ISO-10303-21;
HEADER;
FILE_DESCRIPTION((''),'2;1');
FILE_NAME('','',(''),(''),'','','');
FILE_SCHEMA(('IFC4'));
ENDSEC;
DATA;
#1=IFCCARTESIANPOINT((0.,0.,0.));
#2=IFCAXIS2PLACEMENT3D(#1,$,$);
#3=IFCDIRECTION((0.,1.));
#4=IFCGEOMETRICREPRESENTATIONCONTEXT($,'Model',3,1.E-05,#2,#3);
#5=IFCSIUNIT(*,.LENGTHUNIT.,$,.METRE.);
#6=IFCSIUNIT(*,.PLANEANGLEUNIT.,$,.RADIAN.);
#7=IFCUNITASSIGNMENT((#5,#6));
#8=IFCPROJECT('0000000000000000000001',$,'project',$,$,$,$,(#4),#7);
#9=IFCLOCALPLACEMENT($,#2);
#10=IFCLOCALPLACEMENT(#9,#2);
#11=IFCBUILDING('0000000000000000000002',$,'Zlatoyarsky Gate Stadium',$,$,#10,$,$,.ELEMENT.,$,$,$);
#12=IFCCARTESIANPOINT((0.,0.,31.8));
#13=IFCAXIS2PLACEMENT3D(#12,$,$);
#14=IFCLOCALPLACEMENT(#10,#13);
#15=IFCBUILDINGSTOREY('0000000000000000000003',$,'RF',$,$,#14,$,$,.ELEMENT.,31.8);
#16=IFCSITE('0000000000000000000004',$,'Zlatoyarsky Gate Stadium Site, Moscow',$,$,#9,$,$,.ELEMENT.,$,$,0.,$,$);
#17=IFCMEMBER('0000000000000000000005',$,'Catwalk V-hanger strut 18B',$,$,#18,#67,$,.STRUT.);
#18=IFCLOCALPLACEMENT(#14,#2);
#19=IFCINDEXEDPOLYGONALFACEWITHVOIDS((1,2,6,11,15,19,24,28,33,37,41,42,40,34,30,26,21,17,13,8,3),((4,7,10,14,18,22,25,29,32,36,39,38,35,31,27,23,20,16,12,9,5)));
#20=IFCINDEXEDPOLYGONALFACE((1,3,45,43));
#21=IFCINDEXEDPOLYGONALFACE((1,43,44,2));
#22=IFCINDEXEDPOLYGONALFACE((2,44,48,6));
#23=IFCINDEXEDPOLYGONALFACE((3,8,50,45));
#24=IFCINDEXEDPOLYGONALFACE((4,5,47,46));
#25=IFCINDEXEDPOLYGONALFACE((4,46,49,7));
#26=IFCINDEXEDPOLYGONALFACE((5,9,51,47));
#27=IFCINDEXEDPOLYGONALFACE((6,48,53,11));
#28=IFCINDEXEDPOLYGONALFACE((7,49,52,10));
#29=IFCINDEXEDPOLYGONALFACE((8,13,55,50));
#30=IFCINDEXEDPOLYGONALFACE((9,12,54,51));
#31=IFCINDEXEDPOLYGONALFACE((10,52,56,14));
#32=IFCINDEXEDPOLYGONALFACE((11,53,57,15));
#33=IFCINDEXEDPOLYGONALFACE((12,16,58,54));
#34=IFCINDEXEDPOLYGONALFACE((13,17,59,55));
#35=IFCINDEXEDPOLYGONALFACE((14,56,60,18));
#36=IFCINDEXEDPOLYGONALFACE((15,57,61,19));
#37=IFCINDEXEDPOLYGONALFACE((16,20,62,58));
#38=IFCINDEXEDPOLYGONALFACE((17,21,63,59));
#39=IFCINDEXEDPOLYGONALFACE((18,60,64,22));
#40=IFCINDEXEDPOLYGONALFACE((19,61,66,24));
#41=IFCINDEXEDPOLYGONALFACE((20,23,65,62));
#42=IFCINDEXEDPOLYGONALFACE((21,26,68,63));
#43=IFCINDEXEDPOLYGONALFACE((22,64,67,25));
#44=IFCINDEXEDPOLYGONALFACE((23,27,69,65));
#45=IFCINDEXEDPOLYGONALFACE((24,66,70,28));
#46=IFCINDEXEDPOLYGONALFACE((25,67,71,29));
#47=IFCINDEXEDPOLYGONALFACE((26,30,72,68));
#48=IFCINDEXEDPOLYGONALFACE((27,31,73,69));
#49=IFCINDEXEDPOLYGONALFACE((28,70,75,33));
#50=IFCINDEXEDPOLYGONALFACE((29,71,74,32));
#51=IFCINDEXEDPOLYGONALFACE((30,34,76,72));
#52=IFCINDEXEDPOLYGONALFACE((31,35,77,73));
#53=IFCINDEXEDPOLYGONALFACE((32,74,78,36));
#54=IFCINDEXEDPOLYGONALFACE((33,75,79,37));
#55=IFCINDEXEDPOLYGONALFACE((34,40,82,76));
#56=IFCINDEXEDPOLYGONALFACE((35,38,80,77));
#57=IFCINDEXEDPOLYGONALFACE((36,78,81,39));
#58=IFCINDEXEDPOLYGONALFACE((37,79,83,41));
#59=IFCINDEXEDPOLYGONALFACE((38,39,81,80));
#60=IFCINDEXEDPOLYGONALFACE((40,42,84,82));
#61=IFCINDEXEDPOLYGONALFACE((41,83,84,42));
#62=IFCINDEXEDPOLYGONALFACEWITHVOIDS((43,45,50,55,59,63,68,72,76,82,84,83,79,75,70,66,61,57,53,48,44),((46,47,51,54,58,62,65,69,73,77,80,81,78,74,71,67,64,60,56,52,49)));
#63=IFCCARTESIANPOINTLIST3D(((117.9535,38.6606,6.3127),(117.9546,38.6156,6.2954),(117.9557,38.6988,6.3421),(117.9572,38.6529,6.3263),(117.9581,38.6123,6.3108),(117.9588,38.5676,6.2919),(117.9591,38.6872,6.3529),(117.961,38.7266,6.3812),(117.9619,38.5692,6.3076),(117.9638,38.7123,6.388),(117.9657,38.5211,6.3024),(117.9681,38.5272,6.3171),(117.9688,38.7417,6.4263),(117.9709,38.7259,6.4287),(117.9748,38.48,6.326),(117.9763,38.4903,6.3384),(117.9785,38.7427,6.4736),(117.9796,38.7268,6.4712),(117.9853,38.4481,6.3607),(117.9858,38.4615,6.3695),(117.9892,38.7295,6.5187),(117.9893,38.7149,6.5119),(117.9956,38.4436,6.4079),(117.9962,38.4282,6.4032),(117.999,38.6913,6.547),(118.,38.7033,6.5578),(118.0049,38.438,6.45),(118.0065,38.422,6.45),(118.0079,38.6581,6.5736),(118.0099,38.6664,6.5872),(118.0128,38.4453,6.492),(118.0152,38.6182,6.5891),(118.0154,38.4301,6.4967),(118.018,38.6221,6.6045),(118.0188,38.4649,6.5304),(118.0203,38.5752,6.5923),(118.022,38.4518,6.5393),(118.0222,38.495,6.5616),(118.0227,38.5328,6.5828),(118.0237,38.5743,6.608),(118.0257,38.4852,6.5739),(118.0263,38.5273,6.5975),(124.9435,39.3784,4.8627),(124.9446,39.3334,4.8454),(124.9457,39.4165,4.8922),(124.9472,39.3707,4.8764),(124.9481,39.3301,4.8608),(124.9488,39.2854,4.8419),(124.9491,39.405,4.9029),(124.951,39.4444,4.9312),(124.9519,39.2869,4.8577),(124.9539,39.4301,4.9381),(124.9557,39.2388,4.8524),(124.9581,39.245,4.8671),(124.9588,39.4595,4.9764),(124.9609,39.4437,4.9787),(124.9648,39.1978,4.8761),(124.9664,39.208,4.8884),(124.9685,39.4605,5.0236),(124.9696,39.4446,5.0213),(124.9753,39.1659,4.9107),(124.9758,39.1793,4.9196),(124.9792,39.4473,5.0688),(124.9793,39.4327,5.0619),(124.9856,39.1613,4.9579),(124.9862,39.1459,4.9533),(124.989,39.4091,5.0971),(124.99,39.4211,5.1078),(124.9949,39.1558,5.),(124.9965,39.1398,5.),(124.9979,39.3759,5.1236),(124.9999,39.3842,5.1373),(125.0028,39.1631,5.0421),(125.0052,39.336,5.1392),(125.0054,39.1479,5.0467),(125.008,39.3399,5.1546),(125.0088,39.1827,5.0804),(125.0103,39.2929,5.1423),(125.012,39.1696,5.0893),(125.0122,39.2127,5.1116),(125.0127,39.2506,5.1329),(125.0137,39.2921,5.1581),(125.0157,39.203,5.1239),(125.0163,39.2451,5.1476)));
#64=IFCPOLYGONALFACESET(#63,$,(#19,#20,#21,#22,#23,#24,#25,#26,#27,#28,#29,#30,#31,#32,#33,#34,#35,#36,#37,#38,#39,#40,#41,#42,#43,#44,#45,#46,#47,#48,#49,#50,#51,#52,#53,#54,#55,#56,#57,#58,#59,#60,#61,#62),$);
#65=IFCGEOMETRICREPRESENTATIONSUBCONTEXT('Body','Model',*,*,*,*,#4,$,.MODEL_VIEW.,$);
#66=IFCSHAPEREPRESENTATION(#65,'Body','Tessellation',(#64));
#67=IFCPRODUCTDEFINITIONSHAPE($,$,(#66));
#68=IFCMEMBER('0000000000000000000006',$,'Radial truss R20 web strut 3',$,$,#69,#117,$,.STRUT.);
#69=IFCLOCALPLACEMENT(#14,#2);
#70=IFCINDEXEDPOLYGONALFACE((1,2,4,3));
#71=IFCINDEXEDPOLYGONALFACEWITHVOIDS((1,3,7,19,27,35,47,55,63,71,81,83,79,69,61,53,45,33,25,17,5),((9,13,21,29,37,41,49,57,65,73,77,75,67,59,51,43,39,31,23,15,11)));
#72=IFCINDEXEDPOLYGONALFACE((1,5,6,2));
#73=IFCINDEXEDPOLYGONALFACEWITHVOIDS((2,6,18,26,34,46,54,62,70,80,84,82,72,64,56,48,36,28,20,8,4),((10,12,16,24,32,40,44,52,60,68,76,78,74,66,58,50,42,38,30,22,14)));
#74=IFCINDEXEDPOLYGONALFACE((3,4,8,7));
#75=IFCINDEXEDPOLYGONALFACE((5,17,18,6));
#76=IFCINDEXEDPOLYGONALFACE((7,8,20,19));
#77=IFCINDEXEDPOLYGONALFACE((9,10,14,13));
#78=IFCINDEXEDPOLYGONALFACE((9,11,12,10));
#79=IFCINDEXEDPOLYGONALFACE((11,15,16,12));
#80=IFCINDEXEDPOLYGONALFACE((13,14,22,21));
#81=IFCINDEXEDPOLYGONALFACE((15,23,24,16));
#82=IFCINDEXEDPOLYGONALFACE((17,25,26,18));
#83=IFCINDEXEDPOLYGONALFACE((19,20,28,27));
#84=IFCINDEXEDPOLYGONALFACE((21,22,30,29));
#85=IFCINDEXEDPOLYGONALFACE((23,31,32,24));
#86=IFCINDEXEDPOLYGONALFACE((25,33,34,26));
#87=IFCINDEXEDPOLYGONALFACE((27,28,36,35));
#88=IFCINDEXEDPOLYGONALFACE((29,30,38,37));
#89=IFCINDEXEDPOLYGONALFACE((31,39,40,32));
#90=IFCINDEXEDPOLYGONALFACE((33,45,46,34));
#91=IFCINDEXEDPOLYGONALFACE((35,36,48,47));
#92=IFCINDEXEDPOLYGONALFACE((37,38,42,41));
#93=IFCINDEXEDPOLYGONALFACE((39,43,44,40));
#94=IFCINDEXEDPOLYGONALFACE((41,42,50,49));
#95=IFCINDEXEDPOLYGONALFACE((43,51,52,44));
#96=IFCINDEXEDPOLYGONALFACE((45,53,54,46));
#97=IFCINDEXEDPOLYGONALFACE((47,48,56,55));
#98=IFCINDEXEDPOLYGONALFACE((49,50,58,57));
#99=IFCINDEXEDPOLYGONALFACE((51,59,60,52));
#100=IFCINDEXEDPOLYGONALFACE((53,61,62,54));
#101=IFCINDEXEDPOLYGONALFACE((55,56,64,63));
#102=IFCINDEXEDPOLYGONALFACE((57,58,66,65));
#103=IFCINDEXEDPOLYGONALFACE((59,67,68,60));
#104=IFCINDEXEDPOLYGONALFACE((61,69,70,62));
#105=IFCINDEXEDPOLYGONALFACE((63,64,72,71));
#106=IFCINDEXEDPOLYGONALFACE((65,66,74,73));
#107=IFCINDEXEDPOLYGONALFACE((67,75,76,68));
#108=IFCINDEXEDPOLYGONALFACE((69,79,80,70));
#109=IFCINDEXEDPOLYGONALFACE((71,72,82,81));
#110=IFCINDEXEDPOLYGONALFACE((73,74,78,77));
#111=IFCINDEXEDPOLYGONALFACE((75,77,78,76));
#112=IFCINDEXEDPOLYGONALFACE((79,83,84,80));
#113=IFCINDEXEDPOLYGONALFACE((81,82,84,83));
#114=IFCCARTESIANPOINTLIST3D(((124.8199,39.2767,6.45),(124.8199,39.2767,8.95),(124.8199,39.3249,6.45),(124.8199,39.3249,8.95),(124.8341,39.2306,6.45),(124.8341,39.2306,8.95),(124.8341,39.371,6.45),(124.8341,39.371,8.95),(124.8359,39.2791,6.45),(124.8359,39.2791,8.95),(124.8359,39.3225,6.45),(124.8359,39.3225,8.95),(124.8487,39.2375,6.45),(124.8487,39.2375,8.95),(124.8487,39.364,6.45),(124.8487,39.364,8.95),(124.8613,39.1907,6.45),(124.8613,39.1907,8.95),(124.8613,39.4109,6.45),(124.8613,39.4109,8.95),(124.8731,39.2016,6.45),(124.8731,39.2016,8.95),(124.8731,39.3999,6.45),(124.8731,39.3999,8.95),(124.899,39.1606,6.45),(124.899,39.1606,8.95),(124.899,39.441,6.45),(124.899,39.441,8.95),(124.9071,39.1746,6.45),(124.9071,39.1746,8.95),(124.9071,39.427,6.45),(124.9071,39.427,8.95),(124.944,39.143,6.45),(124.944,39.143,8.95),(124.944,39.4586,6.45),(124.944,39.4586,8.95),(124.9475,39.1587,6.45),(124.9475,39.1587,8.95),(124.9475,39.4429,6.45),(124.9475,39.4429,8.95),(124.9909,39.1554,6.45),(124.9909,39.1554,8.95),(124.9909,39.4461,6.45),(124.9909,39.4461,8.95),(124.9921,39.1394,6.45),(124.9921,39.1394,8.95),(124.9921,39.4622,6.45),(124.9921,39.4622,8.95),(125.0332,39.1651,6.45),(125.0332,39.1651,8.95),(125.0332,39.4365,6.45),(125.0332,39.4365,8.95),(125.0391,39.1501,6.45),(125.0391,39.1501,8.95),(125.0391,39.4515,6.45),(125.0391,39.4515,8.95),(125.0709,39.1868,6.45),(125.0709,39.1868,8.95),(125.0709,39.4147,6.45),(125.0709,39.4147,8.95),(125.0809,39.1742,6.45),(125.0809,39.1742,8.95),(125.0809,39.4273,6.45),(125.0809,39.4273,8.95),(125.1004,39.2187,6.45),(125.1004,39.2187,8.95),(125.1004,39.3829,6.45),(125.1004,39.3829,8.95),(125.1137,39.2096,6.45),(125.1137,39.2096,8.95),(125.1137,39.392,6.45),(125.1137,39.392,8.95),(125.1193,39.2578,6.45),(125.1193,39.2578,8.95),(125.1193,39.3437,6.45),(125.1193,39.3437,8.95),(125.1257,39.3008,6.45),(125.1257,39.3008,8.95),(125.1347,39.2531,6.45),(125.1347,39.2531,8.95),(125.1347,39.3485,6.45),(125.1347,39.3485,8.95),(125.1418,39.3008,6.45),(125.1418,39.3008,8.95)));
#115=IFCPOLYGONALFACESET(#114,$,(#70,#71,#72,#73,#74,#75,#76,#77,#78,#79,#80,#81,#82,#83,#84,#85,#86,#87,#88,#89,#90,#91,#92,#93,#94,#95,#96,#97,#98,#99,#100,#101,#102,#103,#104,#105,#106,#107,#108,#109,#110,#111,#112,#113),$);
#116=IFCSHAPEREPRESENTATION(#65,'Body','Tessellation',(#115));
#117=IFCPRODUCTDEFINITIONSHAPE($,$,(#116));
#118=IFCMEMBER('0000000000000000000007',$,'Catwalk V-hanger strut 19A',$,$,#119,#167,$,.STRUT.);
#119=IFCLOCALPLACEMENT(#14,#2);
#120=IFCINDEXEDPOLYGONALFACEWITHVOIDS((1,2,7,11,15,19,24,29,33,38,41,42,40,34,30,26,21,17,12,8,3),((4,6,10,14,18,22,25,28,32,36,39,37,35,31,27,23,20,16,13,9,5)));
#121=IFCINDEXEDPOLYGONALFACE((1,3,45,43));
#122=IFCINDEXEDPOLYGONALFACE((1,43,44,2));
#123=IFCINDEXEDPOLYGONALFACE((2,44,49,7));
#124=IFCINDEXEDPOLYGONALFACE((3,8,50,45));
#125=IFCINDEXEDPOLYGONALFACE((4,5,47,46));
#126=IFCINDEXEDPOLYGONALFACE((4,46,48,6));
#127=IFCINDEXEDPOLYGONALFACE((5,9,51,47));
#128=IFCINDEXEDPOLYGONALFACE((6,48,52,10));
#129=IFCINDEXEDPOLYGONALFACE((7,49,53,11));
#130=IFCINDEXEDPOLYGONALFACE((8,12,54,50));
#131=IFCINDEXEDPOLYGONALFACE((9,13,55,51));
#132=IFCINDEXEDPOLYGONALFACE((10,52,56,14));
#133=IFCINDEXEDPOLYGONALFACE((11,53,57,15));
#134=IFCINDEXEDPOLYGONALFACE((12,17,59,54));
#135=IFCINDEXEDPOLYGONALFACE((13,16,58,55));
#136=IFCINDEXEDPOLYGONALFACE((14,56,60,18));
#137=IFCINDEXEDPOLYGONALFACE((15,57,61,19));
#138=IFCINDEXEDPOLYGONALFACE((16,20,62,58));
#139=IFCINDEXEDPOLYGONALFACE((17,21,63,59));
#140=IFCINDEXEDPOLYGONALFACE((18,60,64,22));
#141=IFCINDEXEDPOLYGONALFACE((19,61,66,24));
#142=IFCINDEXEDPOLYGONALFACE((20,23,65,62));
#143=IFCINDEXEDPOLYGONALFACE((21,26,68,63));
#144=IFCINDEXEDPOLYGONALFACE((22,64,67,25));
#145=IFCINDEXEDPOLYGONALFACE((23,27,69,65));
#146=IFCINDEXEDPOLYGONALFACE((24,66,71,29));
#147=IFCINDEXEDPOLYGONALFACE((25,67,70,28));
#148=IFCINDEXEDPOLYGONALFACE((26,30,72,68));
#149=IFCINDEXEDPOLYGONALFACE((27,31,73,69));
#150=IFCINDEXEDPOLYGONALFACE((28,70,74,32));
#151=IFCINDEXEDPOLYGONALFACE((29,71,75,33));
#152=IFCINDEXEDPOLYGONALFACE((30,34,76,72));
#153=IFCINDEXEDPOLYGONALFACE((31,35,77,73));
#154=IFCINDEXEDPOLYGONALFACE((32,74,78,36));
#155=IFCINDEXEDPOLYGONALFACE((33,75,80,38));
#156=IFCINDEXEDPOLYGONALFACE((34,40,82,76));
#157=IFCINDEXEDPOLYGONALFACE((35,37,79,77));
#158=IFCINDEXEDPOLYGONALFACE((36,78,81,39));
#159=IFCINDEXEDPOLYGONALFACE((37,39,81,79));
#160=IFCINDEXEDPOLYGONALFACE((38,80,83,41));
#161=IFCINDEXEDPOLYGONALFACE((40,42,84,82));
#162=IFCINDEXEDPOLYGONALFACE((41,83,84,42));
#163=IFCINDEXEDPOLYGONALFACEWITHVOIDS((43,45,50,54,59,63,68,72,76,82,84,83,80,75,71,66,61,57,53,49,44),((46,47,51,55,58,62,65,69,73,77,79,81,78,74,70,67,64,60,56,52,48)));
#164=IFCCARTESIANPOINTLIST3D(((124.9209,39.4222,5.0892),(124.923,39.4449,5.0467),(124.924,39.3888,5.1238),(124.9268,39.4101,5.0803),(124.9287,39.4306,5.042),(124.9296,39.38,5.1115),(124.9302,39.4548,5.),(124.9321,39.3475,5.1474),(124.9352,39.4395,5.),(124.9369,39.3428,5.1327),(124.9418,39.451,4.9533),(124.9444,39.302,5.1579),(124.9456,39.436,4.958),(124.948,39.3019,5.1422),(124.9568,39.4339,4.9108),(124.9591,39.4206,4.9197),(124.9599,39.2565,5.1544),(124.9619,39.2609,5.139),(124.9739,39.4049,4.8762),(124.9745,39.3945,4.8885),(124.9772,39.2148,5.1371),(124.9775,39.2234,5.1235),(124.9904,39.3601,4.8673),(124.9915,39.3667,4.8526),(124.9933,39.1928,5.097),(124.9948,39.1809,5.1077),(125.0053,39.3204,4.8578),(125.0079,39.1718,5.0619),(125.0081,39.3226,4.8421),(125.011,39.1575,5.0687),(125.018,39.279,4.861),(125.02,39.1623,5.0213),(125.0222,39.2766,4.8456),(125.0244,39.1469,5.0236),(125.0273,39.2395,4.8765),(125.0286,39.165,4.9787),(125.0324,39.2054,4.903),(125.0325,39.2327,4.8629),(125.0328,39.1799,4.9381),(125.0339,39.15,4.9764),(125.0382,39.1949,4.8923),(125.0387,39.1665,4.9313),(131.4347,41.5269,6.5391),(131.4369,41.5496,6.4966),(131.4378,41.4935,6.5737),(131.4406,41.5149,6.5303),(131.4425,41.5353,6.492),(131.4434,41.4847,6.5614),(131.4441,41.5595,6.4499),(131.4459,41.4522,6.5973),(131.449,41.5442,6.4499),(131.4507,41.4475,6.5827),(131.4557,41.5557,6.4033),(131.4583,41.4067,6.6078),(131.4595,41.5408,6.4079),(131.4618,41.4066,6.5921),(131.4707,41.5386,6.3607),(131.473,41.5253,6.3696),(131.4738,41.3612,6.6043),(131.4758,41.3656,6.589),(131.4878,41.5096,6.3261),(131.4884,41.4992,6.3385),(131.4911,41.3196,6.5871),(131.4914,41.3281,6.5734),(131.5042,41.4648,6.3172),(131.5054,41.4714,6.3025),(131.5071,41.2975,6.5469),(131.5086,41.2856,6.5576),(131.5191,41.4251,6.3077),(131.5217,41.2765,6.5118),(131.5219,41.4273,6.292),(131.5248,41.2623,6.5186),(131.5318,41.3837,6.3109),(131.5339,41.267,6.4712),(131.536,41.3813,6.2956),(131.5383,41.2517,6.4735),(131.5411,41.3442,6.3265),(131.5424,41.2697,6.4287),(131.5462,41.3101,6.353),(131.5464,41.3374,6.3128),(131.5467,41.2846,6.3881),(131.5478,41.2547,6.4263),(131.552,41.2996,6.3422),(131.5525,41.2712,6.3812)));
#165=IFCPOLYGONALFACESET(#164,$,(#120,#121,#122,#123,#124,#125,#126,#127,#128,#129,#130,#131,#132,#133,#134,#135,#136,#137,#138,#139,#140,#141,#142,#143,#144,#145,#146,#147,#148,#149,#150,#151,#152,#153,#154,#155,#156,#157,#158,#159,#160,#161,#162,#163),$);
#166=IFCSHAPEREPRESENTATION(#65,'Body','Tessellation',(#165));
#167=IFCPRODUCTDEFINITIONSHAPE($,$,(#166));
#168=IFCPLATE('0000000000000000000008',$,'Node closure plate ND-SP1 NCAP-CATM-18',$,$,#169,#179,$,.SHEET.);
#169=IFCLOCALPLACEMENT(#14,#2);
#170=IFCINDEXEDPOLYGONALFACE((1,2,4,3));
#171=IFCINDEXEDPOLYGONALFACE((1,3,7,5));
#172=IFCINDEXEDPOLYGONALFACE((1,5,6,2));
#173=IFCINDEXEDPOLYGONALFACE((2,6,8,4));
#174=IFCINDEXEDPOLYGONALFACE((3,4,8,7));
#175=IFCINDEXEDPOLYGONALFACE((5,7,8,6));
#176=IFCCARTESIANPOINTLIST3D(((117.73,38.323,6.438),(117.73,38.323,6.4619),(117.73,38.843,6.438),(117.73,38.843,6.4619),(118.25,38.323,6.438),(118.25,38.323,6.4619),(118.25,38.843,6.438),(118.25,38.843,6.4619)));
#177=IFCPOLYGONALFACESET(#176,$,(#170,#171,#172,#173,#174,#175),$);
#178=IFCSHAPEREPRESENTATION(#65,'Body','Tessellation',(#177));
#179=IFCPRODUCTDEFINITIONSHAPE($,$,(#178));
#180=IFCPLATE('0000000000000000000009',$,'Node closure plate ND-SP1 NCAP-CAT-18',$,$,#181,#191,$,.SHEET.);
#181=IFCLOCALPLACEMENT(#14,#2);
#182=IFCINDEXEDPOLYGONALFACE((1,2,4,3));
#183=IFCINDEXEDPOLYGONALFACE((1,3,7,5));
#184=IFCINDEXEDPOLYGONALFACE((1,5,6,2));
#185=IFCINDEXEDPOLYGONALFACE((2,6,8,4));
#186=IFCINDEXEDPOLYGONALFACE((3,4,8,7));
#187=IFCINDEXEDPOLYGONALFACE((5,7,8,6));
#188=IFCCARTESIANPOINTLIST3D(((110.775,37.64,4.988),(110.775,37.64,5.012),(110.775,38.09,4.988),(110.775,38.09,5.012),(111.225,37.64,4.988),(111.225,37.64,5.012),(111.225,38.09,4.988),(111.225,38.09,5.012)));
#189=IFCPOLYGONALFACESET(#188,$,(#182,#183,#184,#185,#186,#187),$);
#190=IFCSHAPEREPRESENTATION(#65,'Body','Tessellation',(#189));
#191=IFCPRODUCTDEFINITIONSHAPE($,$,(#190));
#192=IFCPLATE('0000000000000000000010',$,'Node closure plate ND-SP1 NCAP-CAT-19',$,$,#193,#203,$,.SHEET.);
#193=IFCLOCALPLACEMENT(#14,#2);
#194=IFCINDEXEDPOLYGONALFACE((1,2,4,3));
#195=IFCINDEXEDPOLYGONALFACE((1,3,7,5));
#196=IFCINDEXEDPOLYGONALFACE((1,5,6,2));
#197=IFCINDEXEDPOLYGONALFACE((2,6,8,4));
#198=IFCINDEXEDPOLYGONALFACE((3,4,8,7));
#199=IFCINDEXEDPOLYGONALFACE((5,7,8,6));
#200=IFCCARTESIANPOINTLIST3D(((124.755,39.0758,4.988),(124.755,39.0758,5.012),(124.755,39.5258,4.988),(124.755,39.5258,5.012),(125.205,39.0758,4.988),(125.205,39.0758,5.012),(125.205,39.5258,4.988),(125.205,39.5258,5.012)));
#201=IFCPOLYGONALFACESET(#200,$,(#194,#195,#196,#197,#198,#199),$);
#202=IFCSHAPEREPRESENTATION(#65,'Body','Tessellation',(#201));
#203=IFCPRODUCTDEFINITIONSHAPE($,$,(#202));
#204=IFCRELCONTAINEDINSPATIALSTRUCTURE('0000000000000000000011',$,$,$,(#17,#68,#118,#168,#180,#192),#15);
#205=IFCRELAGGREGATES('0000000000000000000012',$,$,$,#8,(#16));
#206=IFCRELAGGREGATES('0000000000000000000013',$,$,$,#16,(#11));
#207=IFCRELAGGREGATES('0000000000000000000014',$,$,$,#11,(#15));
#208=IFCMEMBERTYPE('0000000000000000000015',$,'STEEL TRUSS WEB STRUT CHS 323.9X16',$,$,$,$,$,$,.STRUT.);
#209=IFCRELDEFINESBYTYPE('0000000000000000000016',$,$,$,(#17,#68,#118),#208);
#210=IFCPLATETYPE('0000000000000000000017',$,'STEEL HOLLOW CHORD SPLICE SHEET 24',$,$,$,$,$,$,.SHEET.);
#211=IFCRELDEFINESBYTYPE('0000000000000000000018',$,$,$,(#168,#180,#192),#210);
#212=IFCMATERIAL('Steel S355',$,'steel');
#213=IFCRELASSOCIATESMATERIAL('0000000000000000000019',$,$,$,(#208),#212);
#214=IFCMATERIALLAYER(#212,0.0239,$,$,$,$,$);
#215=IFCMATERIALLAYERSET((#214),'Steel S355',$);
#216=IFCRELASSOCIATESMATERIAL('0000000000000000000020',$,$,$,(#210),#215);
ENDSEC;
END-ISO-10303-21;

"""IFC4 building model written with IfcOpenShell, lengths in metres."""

from ifc_helpers import new_model, si_unit, direction, frame, origin, origin_2d, place, context, subcontext, project, spatial, rectangle, hollow_circle, extrude, material, layer, layer_set, material_profile, profile_set, type_object, element, save


model = new_model("IFC4")

# Units and contexts
model_context = context("Model", 3, precision=1e-05, world=origin(), true_north=direction((0.0, 1.0)))
body_context = subcontext(model_context, "Body", "Model", "MODEL_VIEW")
ifc_project = project(units=[si_unit("LENGTHUNIT", "METRE"), si_unit("PLANEANGLEUNIT", "RADIAN")], contexts=[model_context])

# Site, building, storey
site_placement = place(None, origin())
site = spatial("IfcSite", under=ifc_project, at=site_placement, Name="Zlatoyarsky Gate Stadium Site, Moscow", CompositionType="ELEMENT", RefElevation=0.0)
building_placement = place(site_placement, origin())
building = spatial("IfcBuilding", under=site, at=building_placement, Name="Zlatoyarsky Gate Stadium", CompositionType="ELEMENT")
storey_placement = place(building_placement, frame((0.0, 0.0, 31.8)))
storey = spatial("IfcBuildingStorey", under=building, at=storey_placement, Name="RF", CompositionType="ELEMENT", Elevation=31.8)

# Shared definitions
ifc_material = material(Name="Steel S355", Category="steel")

# Members
ifc_material_profile_1 = material_profile(ifc_material, hollow_circle(Radius=0.1619, WallThickness=0.0161, at=origin_2d()), Name="CHS 323.9X16")
ifc_profile_set_1 = profile_set([ifc_material_profile_1], Name="Steel S355")
member_type_1 = type_object("IfcMemberType", Name="STEEL TRUSS WEB STRUT CHS 323.9X16", PredefinedType="STRUT", material=ifc_profile_set_1)
for number, where, z_axis, x_axis, name in (
    (1, (124.98, 39.3008, 5.0), (-0.974244, -0.100041, 0.20209), (0.102149, -0.994769, 0.0), "Catwalk V-hanger strut 18B"),
):
    element("IfcMember", number, at=place(storey_placement, frame(where, z_axis=z_axis, x_axis=x_axis)), inside=storey, type_object=member_type_1, Name=name, PredefinedType="STRUT", context=body_context, shape_type="SweptSolid", body=[
        extrude(hollow_circle(Radius=0.1619, WallThickness=0.0161, at=origin_2d()), origin(), (0.0, 0.0, 1.0), 7.1748),
    ])
member_1_placement = place(storey_placement, frame((124.98, 39.3008, 6.45), z_axis=(0.0, 0.0, 1.0), x_axis=(1.0, 0.0, 0.0)))
element("IfcMember", 2, at=member_1_placement, inside=storey, type_object=member_type_1, Name="Radial truss R20 web strut 3", PredefinedType="STRUT", context=body_context, shape_type="SweptSolid", body=[
    extrude(hollow_circle(Radius=0.1619, WallThickness=0.0161, at=origin_2d()), origin(), (0.0, 0.0, 1.0), 2.5),
])
member_2_placement = place(storey_placement, frame((124.98, 39.3008, 5.0), z_axis=(0.930907, 0.300789, 0.207213), x_axis=(-0.307462, 0.95156, 0.0)))
element("IfcMember", 3, at=member_2_placement, inside=storey, type_object=member_type_1, Name="Catwalk V-hanger strut 19A", PredefinedType="STRUT", context=body_context, shape_type="SweptSolid", body=[
    extrude(hollow_circle(Radius=0.1619, WallThickness=0.0161, at=origin_2d()), origin(), (0.0, 0.0, 1.0), 6.9973),
])

# Plates
ifc_layer_1 = layer(ifc_material, 0.0239)
ifc_layer_set_1 = layer_set([ifc_layer_1], Name="Steel S355")
plate_type_1 = type_object("IfcPlateType", Name="STEEL HOLLOW CHORD SPLICE SHEET 24", PredefinedType="SHEET", material=ifc_layer_set_1)
plate_1_placement = place(storey_placement, frame((117.99, 38.583, 6.438), z_axis=(0.0, 0.0, 1.0), x_axis=(1.0, 0.0, 0.0)))
element("IfcPlate", 4, at=plate_1_placement, inside=storey, type_object=plate_type_1, Name="Node closure plate ND-SP1 NCAP-CATM-18", PredefinedType="SHEET", context=body_context, shape_type="SweptSolid", body=[
    extrude(rectangle(XDim=0.52, YDim=0.52, at=origin_2d()), origin(), (0.0, 0.0, 1.0), 0.0239),
])
for number, where, z_axis, x_axis, name in (
    (5, (111.0, 37.865, 4.988), (0.0, 0.0, 1.0), (1.0, 0.0, 0.0), "Node closure plate ND-SP1 NCAP-CAT-18"),
    (6, (124.98, 39.3008, 4.988), (0.0, 0.0, 1.0), (1.0, 0.0, 0.0), "Node closure plate ND-SP1 NCAP-CAT-19"),
):
    element("IfcPlate", number, at=place(storey_placement, frame(where, z_axis=z_axis, x_axis=x_axis)), inside=storey, type_object=plate_type_1, Name=name, PredefinedType="SHEET", context=body_context, shape_type="SweptSolid", body=[
        extrude(rectangle(XDim=0.45, YDim=0.45, at=origin_2d()), origin(), (0.0, 0.0, 1.0), 0.0239),
    ])

save(model, "model.ifc")
